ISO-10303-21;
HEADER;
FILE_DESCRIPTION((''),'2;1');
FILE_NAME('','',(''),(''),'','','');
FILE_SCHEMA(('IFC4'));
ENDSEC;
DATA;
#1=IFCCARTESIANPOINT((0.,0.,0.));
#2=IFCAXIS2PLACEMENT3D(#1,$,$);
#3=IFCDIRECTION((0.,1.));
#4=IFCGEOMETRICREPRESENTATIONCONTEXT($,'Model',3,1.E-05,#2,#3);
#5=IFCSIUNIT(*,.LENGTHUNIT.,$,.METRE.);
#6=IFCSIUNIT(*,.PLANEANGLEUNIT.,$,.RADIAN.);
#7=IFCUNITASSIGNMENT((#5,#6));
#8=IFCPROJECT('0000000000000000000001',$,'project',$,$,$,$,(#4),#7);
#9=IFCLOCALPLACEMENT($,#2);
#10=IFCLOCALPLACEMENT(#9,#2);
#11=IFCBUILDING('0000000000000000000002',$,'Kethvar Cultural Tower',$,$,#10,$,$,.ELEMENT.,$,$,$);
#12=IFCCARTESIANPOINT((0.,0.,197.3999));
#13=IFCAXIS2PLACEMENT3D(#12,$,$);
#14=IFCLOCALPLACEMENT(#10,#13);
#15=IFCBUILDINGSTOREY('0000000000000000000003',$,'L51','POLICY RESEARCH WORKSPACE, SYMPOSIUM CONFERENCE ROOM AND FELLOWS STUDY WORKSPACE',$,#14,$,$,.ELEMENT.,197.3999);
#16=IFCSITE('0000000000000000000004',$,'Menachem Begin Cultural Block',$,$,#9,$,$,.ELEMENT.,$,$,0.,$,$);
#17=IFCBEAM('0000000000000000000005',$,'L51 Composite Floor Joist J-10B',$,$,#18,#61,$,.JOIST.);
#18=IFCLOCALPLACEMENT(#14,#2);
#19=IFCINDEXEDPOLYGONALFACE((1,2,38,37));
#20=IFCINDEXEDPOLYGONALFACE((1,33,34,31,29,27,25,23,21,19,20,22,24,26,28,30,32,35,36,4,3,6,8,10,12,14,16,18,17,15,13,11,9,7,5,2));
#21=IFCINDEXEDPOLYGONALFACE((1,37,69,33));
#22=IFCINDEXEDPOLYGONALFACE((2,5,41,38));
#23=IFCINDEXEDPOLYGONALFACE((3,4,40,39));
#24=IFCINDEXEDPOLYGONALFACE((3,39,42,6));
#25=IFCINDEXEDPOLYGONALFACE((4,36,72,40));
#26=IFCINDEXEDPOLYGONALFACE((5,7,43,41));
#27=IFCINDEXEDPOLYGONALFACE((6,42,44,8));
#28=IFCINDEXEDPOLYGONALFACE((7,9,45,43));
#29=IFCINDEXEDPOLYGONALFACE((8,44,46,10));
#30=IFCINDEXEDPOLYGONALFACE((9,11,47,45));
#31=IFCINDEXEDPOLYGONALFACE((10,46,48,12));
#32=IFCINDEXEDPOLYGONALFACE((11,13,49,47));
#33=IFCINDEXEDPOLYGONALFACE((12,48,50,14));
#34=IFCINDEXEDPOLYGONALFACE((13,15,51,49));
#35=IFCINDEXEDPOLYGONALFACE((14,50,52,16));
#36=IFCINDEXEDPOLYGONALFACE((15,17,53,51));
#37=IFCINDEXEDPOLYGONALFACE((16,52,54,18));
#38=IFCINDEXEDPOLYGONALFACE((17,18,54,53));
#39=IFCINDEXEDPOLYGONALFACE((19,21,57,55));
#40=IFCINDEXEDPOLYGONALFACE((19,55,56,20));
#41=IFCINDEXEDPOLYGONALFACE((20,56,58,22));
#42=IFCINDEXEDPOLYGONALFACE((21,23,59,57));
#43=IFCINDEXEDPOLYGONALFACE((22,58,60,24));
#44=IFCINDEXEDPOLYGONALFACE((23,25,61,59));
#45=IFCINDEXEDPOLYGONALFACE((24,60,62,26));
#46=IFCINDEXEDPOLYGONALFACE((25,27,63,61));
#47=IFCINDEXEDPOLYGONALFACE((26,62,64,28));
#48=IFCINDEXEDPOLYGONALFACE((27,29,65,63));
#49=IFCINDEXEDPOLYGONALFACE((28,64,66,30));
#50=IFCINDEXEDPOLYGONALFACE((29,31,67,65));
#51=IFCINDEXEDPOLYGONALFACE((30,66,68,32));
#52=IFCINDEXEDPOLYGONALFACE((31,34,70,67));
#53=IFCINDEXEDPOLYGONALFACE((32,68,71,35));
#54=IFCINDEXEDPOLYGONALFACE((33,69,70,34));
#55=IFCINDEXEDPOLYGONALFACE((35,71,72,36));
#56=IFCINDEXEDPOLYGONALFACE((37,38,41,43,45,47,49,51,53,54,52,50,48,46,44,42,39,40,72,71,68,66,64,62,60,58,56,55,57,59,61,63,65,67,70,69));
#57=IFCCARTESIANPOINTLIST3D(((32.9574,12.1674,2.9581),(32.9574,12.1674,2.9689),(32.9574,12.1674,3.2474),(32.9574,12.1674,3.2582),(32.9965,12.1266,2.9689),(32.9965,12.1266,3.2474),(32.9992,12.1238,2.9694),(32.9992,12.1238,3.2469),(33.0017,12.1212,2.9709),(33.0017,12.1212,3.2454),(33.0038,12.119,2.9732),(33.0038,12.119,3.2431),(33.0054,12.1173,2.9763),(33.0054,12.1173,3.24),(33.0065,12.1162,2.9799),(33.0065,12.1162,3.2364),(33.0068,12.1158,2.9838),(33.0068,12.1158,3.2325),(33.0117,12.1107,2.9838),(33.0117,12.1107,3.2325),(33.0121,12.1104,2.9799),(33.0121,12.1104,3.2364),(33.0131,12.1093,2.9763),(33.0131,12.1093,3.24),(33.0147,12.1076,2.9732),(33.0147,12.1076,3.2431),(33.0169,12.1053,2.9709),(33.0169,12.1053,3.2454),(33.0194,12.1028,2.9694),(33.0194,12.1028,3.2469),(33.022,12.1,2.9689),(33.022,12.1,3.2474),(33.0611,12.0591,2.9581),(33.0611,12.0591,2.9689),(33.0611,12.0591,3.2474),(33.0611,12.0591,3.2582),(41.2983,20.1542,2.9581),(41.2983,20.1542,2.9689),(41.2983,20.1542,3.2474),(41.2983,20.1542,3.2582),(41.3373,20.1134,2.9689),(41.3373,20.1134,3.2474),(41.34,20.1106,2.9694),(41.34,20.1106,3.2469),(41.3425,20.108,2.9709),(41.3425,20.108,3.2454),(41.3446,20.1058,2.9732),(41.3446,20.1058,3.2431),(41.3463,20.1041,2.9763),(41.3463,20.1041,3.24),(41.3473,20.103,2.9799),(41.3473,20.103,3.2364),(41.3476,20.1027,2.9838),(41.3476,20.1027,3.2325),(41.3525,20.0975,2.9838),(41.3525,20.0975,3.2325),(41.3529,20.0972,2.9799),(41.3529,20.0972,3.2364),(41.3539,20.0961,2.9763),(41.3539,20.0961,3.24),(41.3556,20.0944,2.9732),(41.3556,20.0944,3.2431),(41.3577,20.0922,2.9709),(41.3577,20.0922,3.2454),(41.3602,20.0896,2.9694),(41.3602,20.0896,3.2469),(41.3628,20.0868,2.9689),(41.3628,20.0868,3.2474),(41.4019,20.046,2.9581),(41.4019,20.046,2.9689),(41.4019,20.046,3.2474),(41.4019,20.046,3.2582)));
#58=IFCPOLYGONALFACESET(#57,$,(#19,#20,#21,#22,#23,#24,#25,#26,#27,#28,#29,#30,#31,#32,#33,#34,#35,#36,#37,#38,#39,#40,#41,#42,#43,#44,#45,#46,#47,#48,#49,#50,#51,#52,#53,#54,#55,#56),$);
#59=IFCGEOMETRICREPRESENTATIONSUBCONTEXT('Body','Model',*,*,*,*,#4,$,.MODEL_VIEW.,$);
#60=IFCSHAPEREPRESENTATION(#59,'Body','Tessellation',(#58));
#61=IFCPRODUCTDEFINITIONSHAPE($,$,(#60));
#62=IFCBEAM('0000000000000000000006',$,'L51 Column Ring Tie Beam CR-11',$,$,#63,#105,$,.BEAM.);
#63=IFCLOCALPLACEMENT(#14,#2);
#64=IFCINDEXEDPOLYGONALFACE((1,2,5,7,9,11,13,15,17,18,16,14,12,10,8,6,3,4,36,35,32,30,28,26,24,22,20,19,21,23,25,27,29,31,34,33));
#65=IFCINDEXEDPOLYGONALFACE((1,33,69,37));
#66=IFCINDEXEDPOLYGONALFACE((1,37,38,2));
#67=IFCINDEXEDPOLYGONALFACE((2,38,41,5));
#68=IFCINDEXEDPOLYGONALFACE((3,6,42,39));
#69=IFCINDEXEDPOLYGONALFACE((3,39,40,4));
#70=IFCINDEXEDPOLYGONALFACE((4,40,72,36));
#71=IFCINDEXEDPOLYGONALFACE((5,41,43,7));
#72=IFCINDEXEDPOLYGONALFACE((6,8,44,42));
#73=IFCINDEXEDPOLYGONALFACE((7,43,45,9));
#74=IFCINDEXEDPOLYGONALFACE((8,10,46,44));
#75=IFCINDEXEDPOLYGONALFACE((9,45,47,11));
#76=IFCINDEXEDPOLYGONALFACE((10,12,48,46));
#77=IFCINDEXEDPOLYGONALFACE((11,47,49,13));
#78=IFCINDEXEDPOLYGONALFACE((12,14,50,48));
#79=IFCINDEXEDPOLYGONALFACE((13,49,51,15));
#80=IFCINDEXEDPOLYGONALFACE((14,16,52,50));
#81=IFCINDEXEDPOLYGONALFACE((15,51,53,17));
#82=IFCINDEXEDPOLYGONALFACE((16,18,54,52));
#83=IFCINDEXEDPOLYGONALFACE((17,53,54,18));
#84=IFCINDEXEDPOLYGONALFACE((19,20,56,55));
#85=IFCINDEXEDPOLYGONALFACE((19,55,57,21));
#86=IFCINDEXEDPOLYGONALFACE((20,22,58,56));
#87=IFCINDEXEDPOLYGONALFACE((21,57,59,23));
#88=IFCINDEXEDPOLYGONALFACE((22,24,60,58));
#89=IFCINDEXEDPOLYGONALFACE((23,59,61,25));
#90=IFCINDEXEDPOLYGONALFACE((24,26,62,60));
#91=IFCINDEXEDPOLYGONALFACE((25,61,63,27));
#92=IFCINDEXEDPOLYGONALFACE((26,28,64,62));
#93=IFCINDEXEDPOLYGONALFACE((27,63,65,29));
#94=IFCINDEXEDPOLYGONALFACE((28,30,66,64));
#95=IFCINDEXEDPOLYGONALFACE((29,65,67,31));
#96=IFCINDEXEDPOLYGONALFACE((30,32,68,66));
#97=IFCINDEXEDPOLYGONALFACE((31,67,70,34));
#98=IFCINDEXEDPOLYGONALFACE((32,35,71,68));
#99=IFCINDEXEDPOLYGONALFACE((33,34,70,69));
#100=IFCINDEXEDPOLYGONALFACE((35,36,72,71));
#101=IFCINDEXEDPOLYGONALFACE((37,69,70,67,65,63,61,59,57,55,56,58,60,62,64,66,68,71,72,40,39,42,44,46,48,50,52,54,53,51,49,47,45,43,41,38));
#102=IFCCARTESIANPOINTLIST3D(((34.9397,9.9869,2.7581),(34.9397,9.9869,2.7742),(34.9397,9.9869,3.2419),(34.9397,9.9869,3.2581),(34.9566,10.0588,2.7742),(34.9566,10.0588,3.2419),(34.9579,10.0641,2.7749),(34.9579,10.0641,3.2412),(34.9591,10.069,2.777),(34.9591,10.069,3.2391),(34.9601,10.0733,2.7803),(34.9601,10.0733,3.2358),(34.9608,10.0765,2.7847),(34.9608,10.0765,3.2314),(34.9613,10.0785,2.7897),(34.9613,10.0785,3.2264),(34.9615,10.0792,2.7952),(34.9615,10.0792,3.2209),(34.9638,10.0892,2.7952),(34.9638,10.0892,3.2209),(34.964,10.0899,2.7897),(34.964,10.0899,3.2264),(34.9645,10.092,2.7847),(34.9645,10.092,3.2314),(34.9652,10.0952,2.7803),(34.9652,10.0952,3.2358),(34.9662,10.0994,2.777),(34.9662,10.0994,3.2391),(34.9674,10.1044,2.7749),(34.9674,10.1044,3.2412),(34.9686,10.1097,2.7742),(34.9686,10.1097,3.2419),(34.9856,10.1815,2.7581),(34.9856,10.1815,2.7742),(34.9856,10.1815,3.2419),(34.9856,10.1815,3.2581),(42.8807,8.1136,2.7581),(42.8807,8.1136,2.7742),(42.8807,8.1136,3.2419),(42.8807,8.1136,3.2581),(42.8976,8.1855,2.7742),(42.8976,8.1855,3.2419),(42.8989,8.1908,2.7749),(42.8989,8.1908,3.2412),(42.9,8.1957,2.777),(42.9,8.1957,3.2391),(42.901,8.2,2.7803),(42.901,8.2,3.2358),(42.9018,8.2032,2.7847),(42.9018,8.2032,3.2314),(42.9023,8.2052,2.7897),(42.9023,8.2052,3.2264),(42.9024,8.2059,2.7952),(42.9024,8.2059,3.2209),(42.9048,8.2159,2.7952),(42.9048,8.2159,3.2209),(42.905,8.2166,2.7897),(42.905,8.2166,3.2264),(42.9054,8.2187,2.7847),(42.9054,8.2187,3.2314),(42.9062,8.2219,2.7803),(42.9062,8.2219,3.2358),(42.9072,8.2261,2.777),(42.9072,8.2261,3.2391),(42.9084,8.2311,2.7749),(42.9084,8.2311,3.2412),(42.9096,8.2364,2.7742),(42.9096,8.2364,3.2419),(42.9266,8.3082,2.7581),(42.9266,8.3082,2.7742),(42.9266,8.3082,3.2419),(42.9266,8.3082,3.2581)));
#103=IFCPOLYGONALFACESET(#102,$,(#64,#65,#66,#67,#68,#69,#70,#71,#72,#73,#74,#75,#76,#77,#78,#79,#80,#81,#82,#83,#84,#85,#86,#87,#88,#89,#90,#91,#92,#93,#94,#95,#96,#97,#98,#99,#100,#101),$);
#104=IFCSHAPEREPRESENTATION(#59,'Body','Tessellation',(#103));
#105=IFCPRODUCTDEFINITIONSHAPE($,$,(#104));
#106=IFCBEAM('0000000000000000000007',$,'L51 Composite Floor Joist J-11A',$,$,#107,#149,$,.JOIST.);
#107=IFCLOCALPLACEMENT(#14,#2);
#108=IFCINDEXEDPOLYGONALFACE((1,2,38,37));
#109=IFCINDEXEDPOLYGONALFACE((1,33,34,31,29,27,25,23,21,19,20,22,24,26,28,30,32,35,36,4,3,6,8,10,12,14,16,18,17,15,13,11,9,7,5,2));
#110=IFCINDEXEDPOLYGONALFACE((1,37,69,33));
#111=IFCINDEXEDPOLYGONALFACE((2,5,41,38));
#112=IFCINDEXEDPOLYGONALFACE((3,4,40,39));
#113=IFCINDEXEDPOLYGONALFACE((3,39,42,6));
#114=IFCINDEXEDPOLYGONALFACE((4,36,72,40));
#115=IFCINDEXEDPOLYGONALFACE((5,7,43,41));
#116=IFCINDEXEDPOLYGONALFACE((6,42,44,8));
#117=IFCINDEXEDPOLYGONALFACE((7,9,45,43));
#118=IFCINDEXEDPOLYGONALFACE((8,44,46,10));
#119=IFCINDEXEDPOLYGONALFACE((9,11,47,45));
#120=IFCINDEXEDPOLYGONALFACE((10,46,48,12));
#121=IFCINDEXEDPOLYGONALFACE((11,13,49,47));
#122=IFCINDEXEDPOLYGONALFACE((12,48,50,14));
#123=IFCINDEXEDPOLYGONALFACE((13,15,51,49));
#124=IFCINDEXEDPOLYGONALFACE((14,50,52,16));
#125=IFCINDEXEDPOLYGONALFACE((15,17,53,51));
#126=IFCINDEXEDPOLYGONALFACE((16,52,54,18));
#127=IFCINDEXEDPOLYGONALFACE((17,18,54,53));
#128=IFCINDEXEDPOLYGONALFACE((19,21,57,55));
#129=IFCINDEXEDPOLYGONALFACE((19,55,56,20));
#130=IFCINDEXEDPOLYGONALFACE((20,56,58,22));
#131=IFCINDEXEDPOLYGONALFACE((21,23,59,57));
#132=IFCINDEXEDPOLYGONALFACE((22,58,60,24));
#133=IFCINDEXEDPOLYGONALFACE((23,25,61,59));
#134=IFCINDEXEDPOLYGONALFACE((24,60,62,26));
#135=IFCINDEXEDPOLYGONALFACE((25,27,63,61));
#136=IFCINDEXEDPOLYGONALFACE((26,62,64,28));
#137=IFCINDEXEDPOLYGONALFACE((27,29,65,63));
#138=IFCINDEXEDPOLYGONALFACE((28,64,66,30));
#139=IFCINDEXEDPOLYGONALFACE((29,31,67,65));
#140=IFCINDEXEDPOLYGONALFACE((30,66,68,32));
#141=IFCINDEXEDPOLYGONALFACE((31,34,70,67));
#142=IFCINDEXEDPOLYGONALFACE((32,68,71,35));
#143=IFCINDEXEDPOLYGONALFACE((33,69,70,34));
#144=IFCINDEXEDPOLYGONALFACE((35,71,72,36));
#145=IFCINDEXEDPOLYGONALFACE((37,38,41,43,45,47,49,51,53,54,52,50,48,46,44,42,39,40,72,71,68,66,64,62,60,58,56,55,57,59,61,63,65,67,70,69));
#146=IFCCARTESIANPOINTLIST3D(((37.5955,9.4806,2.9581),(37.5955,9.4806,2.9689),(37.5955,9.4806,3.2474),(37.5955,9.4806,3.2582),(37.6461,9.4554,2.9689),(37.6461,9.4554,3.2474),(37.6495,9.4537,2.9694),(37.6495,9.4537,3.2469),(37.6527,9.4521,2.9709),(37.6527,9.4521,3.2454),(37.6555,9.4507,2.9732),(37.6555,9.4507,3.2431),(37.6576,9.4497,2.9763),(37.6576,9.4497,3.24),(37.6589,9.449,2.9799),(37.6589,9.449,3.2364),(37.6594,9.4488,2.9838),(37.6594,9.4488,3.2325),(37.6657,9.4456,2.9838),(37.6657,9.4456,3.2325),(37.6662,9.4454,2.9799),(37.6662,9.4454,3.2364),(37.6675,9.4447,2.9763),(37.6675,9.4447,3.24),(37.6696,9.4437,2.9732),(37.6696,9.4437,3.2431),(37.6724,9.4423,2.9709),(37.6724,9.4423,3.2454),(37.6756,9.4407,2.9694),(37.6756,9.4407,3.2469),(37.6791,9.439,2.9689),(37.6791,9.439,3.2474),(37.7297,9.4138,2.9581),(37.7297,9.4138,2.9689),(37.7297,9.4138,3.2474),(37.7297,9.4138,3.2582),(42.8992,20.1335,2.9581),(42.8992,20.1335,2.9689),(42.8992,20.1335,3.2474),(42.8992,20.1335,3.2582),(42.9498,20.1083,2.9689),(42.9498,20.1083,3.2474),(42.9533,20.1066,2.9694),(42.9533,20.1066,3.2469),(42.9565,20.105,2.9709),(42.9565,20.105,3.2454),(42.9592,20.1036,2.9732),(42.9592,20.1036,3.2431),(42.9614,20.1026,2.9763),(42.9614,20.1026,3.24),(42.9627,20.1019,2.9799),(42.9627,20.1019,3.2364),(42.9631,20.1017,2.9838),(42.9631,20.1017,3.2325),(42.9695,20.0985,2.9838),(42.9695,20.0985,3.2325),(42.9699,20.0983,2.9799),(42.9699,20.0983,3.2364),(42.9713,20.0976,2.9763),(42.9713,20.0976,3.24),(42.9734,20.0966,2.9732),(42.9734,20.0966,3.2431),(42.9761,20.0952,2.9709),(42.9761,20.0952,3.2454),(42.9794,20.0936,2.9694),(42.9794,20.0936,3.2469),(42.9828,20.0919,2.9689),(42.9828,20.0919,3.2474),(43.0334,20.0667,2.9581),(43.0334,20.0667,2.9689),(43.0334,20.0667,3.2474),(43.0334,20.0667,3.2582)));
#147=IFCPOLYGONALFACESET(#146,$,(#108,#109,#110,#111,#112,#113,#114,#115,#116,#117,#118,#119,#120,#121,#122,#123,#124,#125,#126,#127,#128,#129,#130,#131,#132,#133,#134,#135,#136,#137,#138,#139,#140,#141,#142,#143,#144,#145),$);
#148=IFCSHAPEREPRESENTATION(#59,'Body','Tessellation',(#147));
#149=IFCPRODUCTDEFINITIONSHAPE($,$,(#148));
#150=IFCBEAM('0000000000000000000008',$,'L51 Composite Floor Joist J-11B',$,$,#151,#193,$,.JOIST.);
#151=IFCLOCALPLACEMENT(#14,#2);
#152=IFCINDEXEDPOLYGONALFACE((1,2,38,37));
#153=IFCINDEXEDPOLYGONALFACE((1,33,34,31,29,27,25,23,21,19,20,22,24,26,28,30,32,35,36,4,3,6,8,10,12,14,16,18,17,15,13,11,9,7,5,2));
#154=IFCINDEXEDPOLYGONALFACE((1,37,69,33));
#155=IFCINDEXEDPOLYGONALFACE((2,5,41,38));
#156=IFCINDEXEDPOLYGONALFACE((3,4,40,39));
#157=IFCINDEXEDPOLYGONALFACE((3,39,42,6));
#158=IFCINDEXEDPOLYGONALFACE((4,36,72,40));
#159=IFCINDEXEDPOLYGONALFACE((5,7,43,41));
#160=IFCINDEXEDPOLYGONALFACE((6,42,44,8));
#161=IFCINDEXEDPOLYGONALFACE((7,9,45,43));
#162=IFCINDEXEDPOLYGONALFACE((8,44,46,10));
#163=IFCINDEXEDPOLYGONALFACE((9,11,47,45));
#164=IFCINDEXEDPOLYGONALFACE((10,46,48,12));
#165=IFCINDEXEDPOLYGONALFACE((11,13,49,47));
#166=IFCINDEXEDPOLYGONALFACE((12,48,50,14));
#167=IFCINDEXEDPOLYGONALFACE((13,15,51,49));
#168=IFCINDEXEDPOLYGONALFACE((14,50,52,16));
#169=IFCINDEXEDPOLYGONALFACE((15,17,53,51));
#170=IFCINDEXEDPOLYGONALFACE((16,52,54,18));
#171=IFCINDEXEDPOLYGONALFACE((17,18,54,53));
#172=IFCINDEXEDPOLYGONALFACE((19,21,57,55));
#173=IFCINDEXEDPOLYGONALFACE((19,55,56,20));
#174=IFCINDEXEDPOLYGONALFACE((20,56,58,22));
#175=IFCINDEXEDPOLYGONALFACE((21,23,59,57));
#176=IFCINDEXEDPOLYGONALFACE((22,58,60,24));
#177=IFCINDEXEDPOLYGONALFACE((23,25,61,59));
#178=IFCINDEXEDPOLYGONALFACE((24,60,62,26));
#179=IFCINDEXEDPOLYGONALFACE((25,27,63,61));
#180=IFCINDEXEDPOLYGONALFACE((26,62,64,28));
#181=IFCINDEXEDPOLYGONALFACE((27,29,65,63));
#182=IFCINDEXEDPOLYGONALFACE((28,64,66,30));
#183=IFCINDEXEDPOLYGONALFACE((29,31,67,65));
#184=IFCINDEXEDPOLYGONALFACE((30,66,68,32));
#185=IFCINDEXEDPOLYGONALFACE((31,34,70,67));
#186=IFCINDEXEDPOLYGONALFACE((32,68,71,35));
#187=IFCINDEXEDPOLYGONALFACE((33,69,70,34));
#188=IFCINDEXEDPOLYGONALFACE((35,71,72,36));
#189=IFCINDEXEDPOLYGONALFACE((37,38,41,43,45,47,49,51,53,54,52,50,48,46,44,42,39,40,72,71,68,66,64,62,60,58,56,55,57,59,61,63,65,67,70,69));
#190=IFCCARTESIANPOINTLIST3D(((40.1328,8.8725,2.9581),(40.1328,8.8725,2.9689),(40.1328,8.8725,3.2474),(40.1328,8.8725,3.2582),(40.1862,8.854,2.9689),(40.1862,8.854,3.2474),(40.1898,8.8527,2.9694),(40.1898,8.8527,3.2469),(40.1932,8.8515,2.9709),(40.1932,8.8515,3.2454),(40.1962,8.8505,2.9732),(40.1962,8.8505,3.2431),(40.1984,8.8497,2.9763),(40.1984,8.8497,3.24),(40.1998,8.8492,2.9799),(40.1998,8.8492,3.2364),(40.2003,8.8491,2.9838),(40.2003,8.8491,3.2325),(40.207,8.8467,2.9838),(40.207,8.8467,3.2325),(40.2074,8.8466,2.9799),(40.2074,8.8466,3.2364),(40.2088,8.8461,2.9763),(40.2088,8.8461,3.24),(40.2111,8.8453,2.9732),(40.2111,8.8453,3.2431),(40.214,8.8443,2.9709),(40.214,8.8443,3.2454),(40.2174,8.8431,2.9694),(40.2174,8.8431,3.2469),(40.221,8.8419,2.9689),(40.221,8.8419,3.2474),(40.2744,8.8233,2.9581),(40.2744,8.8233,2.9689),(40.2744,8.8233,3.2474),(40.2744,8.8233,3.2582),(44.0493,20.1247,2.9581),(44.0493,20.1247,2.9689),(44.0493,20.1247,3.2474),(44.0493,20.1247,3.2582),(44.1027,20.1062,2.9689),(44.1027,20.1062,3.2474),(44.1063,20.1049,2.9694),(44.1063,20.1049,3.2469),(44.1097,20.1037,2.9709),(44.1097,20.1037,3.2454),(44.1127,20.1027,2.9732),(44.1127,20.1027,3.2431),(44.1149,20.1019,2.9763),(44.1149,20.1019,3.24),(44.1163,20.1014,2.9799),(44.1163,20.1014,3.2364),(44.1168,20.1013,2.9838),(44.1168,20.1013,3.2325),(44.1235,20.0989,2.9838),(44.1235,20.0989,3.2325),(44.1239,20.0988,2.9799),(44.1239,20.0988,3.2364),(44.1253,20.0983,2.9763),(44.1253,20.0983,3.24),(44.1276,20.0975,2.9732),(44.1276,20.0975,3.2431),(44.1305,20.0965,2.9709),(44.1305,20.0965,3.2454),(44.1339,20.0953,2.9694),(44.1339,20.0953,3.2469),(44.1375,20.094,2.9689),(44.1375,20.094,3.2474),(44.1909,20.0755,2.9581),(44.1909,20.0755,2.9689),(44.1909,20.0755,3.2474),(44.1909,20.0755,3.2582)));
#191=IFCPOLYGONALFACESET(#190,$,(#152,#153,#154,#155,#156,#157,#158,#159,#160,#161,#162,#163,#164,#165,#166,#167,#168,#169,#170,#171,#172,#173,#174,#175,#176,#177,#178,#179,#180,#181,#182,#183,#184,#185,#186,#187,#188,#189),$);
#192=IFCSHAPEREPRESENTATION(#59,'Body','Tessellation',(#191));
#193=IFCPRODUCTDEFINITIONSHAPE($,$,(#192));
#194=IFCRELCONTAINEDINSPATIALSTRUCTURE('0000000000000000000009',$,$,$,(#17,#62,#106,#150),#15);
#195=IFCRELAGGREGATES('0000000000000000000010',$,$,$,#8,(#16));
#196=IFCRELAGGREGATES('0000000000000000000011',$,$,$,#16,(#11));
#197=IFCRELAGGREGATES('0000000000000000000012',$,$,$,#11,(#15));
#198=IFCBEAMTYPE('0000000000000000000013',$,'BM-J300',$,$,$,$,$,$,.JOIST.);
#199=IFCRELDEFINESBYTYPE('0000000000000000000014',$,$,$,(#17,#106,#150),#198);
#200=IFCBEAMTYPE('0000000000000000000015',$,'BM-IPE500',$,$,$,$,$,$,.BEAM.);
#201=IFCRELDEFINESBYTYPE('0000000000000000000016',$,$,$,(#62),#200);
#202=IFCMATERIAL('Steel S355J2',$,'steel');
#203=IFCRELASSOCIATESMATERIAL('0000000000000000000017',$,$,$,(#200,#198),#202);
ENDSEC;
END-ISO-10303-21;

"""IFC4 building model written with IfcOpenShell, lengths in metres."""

from ifc_helpers import new_model, si_unit, direction, frame, origin, origin_2d, place, context, subcontext, project, spatial, i_section, extrude, source, transform, mapped, material, material_profile, profile_set, type_object, element, save


model = new_model("IFC4")

# Units and contexts
model_context = context("Model", 3, precision=1e-05, world=origin(), true_north=direction((0.0, 1.0)))
body_context = subcontext(model_context, "Body", "Model", "MODEL_VIEW")
ifc_project = project(units=[si_unit("LENGTHUNIT", "METRE"), si_unit("PLANEANGLEUNIT", "RADIAN")], contexts=[model_context])

# Site, building, storey
site_placement = place(None, origin())
site = spatial("IfcSite", under=ifc_project, at=site_placement, Name="Menachem Begin Cultural Block", CompositionType="ELEMENT", RefElevation=0.0)
building_placement = place(site_placement, origin())
building = spatial("IfcBuilding", under=site, at=building_placement, Name="Kethvar Cultural Tower", CompositionType="ELEMENT")
storey_placement = place(building_placement, frame((0.0, 0.0, 197.3999)))
storey = spatial("IfcBuildingStorey", under=building, at=storey_placement, Name="L51", Description="POLICY RESEARCH WORKSPACE, SYMPOSIUM CONFERENCE ROOM AND FELLOWS STUDY WORKSPACE", CompositionType="ELEMENT", Elevation=197.3999)

# Beams
ifc_material_1 = material(Name="Steel S355J2", Category="steel")
ifc_material_profile_1 = material_profile(ifc_material_1, i_section(OverallWidth=0.2, OverallDepth=0.5, WebThickness=0.0103, FlangeThickness=0.0161, FilletRadius=0.021, at=origin_2d()), Name="Steel S355J2 — IPE500")
ifc_profile_set_1 = profile_set([ifc_material_profile_1], Name="Steel S355J2 — IPE500")
beam_type_1 = type_object("IfcBeamType", Name="BM-IPE500", PredefinedType="BEAM", material=ifc_profile_set_1)
ifc_material_profile_2 = material_profile(ifc_material_1, i_section(OverallWidth=0.1499, OverallDepth=0.3, WebThickness=0.0071, FlangeThickness=0.0107, FilletRadius=0.0149, at=origin_2d()), Name="Steel S355J2 — IPE300")
ifc_profile_set_2 = profile_set([ifc_material_profile_2], Name="Steel S355J2 — IPE300")
beam_type_2 = type_object("IfcBeamType", Name="BM-J300", PredefinedType="JOIST", material=ifc_profile_set_2)
shared_shape_1 = source(origin(), body_context, "Body", "SweptSolid", [
    extrude(i_section(OverallWidth=0.1499, OverallDepth=0.3, WebThickness=0.0071, FlangeThickness=0.0107, FilletRadius=0.0149, at=origin_2d()), origin(), (0.0, 0.0, 1.0), 11.5481),
])
beam_1_placement = place(storey_placement, frame((41.3501, 20.1001, 3.1082), z_axis=(-0.722268, -0.691613, 0.0), x_axis=(0.691613, -0.722268, 0.0)))
element("IfcBeam", 1, at=beam_1_placement, inside=storey, type_object=beam_type_2, Name="L51 Composite Floor Joist J-10B", PredefinedType="JOIST", context=body_context, shape_type="MappedRepresentation", body=[
    mapped(shared_shape_1, transform((0.0, 0.0, 0.0), scale=1.0)),
])
shared_shape_2 = source(origin(), body_context, "Body", "SweptSolid", [
    extrude(i_section(OverallWidth=0.2, OverallDepth=0.5, WebThickness=0.0103, FlangeThickness=0.0161, FilletRadius=0.021, at=origin_2d()), origin(), (0.0, 0.0, 1.0), 8.1589),
])
beam_2_placement = place(storey_placement, frame((34.9626, 10.0842, 3.0081), z_axis=(0.973285, -0.229601, 0.0), x_axis=(0.229601, 0.973285, 0.0)))
element("IfcBeam", 2, at=beam_2_placement, inside=storey, type_object=beam_type_1, Name="L51 Column Ring Tie Beam CR-11", PredefinedType="BEAM", context=body_context, shape_type="MappedRepresentation", body=[
    mapped(shared_shape_2, transform((0.0, 0.0, 0.0), scale=1.0)),
])
shared_shape_3 = source(origin(), body_context, "Body", "SweptSolid", [
    extrude(i_section(OverallWidth=0.1499, OverallDepth=0.3, WebThickness=0.0071, FlangeThickness=0.0107, FilletRadius=0.0149, at=origin_2d()), origin(), (0.0, 0.0, 1.0), 11.9001),
])
beam_3_placement = place(storey_placement, frame((42.9663, 20.1001, 3.1082), z_axis=(-0.445687, -0.895189, 0.0), x_axis=(0.895189, -0.445687, 0.0)))
element("IfcBeam", 3, at=beam_3_placement, inside=storey, type_object=beam_type_2, Name="L51 Composite Floor Joist J-11A", PredefinedType="JOIST", context=body_context, shape_type="MappedRepresentation", body=[
    mapped(shared_shape_3, transform((0.0, 0.0, 0.0), scale=1.0)),
])
shared_shape_4 = source(origin(), body_context, "Body", "SweptSolid", [
    extrude(i_section(OverallWidth=0.1499, OverallDepth=0.3, WebThickness=0.0071, FlangeThickness=0.0107, FilletRadius=0.0149, at=origin_2d()), origin(), (0.0, 0.0, 1.0), 11.9143),
])
beam_4_placement = place(storey_placement, frame((44.1201, 20.1001, 3.1082), z_axis=(-0.328722, -0.944427, 0.0), x_axis=(0.944427, -0.328722, 0.0)))
element("IfcBeam", 4, at=beam_4_placement, inside=storey, type_object=beam_type_2, Name="L51 Composite Floor Joist J-11B", PredefinedType="JOIST", context=body_context, shape_type="MappedRepresentation", body=[
    mapped(shared_shape_4, transform((0.0, 0.0, 0.0), scale=1.0)),
])

save(model, "model.ifc")
